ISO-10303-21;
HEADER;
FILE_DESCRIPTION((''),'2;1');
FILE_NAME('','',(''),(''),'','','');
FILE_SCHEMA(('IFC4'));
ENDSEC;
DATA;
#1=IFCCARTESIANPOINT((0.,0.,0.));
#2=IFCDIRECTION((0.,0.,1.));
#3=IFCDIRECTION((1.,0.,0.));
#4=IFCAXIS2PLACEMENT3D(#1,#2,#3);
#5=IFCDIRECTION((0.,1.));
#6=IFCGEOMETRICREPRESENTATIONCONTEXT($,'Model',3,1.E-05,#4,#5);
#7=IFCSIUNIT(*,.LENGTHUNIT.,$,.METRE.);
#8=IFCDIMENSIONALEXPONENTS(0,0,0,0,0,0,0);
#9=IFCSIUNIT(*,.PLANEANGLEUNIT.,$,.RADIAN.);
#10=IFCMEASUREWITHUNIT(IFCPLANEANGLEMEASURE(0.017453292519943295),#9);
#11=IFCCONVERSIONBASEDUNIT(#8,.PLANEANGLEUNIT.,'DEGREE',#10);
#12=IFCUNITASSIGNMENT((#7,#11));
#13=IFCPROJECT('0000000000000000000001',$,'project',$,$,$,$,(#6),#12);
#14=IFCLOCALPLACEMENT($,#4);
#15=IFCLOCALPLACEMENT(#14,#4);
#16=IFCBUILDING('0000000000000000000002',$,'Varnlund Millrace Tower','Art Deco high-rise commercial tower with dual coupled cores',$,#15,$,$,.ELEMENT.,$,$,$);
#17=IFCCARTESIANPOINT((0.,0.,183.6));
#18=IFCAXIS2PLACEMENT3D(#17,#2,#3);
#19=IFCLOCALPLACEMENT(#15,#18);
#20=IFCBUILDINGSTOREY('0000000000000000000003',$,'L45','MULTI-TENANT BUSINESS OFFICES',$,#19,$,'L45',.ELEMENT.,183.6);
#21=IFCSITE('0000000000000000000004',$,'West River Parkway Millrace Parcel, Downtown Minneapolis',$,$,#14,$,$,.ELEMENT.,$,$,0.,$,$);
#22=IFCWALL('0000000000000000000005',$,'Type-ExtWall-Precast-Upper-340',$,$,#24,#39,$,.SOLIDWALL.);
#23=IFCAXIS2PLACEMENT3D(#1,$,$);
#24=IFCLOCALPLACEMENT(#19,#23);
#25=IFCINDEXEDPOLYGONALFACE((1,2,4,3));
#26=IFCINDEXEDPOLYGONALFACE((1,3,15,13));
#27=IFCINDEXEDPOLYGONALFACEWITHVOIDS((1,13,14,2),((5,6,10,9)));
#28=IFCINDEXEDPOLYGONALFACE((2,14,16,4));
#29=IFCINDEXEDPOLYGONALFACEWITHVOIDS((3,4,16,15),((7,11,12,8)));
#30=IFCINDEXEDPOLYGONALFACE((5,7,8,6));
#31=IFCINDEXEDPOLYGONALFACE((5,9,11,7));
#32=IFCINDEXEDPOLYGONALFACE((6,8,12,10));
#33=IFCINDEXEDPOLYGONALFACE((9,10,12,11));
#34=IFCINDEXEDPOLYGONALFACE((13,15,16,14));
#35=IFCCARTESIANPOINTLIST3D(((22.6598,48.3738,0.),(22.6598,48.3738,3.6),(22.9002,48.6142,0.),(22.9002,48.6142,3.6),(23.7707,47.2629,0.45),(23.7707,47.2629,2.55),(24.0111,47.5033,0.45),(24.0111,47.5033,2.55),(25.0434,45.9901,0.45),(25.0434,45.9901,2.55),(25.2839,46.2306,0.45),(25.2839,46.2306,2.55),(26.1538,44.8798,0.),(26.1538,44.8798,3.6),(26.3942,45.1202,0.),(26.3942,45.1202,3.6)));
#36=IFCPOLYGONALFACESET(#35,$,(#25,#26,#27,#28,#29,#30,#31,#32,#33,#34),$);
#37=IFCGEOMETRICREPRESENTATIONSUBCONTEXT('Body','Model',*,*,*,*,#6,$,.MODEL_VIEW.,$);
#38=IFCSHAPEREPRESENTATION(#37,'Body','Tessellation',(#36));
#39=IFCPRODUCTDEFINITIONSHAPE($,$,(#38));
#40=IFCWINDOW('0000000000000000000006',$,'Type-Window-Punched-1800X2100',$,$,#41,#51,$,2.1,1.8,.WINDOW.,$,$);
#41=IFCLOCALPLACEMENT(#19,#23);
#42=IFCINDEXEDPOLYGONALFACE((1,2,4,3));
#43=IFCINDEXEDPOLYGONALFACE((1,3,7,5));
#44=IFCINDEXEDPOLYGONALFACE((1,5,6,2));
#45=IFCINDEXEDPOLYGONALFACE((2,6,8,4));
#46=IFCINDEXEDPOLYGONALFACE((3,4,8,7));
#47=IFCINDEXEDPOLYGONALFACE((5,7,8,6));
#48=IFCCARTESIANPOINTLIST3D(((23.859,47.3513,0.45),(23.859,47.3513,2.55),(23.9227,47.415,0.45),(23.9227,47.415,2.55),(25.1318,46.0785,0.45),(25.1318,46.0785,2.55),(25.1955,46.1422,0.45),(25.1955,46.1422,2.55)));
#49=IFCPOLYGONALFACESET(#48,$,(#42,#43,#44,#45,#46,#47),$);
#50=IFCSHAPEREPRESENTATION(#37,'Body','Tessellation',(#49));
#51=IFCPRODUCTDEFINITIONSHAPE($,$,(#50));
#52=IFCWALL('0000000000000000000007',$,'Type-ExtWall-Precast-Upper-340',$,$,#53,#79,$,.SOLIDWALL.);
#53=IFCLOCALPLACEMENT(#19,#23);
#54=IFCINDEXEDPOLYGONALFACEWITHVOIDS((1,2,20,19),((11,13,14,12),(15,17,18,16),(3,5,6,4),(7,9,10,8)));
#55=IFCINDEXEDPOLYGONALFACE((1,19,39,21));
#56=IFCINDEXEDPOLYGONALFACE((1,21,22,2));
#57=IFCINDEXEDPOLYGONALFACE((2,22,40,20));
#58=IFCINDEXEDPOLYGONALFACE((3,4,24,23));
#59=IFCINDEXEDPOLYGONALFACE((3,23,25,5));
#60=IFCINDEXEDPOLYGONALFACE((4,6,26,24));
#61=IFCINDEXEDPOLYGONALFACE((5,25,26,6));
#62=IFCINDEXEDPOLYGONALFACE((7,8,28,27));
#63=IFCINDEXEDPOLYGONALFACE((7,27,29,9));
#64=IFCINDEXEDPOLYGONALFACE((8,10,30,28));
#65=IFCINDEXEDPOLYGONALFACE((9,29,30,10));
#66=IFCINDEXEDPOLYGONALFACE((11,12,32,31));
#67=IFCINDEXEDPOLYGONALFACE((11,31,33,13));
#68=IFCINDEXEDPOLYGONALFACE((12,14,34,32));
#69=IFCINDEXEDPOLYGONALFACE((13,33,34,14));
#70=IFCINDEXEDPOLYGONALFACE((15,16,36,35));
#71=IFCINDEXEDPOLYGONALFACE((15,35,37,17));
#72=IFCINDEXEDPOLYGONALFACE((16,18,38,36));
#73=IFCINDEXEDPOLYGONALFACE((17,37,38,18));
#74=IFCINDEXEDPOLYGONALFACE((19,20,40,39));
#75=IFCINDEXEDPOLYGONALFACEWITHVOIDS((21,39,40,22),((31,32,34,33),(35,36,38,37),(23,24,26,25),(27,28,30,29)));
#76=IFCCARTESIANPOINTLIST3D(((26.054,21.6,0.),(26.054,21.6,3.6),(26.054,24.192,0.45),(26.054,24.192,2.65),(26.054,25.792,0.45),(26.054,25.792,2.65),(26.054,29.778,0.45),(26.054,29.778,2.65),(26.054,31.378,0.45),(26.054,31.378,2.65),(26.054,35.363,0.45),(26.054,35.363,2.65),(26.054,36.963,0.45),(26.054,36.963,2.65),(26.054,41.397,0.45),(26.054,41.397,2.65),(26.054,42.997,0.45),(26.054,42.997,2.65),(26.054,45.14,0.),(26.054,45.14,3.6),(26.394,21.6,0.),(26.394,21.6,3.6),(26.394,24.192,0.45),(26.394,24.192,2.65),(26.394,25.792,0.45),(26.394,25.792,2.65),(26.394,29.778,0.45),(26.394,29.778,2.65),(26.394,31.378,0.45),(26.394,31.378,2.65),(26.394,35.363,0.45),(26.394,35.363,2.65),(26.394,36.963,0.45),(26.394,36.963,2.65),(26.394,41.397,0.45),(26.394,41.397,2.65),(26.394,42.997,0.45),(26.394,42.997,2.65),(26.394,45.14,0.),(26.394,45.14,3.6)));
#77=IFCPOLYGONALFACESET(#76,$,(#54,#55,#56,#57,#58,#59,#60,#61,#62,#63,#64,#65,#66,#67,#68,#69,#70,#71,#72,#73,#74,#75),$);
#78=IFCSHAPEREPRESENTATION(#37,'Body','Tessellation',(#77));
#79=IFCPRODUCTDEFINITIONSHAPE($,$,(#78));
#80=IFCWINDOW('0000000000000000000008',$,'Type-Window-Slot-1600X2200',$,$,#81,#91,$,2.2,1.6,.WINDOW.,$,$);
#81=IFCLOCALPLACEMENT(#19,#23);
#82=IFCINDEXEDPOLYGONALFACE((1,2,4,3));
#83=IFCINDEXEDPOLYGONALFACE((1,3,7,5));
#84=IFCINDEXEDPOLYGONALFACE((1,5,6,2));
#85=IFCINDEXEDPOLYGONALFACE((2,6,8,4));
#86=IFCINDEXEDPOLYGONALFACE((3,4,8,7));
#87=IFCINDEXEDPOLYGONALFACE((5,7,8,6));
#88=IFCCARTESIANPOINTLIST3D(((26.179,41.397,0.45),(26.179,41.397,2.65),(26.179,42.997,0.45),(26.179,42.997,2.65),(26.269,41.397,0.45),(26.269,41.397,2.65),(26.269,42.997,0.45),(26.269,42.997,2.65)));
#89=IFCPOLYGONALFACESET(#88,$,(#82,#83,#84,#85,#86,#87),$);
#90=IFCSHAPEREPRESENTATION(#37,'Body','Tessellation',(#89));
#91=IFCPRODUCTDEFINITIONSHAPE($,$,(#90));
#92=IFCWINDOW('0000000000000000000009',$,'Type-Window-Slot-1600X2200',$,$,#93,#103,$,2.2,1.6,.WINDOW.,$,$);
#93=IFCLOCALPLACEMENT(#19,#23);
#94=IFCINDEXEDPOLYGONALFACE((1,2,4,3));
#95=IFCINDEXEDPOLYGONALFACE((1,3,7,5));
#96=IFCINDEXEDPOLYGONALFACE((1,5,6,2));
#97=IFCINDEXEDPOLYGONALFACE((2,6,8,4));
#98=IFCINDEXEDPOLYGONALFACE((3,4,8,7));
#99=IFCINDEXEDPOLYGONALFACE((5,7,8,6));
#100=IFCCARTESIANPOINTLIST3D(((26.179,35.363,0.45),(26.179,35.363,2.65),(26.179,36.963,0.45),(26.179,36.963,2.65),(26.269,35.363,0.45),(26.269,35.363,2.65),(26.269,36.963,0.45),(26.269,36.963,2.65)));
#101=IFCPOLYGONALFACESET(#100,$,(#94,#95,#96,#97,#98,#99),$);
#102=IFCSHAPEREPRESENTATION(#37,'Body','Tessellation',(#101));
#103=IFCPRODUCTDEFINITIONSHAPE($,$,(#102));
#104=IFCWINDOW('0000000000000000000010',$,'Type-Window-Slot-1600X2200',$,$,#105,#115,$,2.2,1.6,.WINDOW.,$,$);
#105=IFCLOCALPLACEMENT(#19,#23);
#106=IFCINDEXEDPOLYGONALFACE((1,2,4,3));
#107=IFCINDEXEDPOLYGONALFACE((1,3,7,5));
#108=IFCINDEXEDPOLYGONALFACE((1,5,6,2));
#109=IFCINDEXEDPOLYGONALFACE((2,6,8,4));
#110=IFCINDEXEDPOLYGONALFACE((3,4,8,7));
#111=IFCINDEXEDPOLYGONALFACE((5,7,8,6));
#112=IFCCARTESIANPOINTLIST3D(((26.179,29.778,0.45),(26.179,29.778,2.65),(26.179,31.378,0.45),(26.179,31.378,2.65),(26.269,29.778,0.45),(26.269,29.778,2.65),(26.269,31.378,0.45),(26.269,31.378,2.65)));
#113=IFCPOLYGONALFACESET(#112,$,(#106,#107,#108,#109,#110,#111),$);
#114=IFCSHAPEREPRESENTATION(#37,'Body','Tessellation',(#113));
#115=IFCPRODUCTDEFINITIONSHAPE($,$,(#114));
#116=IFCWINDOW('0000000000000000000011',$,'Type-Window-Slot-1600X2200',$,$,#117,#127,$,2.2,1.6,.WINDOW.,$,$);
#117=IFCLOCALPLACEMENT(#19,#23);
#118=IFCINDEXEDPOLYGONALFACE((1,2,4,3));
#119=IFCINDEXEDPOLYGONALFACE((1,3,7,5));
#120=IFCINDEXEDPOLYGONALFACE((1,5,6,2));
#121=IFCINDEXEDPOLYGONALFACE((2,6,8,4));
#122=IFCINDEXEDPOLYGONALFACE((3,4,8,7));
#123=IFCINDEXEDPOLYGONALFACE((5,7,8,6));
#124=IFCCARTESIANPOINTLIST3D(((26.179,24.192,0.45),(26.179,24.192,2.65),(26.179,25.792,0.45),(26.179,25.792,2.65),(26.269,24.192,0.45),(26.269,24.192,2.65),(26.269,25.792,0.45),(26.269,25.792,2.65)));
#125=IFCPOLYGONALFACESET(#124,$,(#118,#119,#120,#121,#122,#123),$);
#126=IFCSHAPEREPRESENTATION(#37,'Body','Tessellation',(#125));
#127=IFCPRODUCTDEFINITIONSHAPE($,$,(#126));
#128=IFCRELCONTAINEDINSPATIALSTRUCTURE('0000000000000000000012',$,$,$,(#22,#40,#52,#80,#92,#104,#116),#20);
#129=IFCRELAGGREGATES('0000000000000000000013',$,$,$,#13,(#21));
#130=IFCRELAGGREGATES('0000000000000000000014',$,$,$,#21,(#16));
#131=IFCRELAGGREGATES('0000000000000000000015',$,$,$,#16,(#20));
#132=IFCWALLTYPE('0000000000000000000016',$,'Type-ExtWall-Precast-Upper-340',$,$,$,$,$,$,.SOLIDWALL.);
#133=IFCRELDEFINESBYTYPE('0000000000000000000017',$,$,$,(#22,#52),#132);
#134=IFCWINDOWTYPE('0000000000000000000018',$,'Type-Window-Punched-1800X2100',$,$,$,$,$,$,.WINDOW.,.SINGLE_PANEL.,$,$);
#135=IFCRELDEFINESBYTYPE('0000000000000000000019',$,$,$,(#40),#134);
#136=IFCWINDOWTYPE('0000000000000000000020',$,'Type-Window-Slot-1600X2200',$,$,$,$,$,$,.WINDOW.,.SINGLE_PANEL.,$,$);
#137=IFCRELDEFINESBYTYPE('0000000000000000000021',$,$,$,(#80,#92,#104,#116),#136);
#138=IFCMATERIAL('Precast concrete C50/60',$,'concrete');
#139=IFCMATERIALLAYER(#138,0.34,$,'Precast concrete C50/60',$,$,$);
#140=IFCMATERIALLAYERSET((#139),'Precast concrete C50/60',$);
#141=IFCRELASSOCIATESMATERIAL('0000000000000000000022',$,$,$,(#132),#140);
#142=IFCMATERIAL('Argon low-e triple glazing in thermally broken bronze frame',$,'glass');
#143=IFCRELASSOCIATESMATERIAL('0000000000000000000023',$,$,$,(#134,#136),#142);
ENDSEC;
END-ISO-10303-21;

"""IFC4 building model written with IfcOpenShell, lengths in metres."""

from ifc_helpers import new_model, entity, si_unit, converted_unit, direction, frame, origin_with_axes, origin_2d_with_axis, place, context, subcontext, project, spatial, polyline, rectangle, outline, extrude, material, layer, layer_set, type_object, element, fill, save


model = new_model("IFC4")

# Units and contexts
model_context = context("Model", 3, precision=1e-05, world=origin_with_axes(), true_north=direction((0.0, 1.0)))
body_context = subcontext(model_context, "Body", "Model", "MODEL_VIEW")
ifc_project = project(units=[si_unit("LENGTHUNIT", "METRE"), converted_unit("PLANEANGLEUNIT", "DEGREE", entity("IfcPlaneAngleMeasure", 0.017453292519943295), si_unit("PLANEANGLEUNIT", "RADIAN"), dimensions=[0, 0, 0, 0, 0, 0, 0])], contexts=[model_context])

# Site, building, storey
site_placement = place(None, origin_with_axes())
site = spatial("IfcSite", under=ifc_project, at=site_placement, Name="West River Parkway Millrace Parcel, Downtown Minneapolis", CompositionType="ELEMENT", RefElevation=0.0)
building_placement = place(site_placement, origin_with_axes())
building = spatial("IfcBuilding", under=site, at=building_placement, Name="Varnlund Millrace Tower", Description="Art Deco high-rise commercial tower with dual coupled cores", CompositionType="ELEMENT")
storey_placement = place(building_placement, frame((0.0, 0.0, 183.6), z_axis=(0.0, 0.0, 1.0), x_axis=(1.0, 0.0, 0.0)))
storey = spatial("IfcBuildingStorey", under=building, at=storey_placement, Name="L45", Description="MULTI-TENANT BUSINESS OFFICES", LongName="L45", CompositionType="ELEMENT", Elevation=183.6)

# Shared definitions
ifc_material_1 = material(Name="Precast concrete C50/60", Category="concrete")
ifc_layer_1 = layer(ifc_material_1, 0.34, Name="Precast concrete C50/60")
ifc_layer_set_1 = layer_set([ifc_layer_1], Name="Precast concrete C50/60")
wall_type_1 = type_object("IfcWallType", Name="Type-ExtWall-Precast-Upper-340", PredefinedType="SOLIDWALL", material=ifc_layer_set_1)

# Shared definitions
ifc_material_2 = material(Name="Argon low-e triple glazing in thermally broken bronze frame", Category="glass")
window_type_1 = type_object("IfcWindowType", Name="Type-Window-Punched-1800X2100", PartitioningType="SINGLE_PANEL", PredefinedType="WINDOW", material=ifc_material_2)

# Wall, opening, window
wall_1_placement = place(storey_placement, frame((22.78, 48.494, 0.0), z_axis=(0.0, 0.0, 1.0), x_axis=(0.707107, -0.707107, 0.0)))
wall_1 = element("IfcWall", 1, at=wall_1_placement, inside=storey, type_object=wall_type_1, Name="Type-ExtWall-Precast-Upper-340", PredefinedType="SOLIDWALL", context=body_context, shape_type="SweptSolid", body=[
    extrude(outline(polyline([(0.0, -0.17), (4.9413, -0.17), (4.9413, 0.17), (0.0, 0.17), (0.0, -0.17)])), origin_with_axes(), (0.0, 0.0, 1.0), 3.6),
])
opening_1_placement = place(wall_1_placement, frame((2.471, 0.0, 0.45), z_axis=(0.0, 0.0, 1.0), x_axis=(1.0, 0.0, 0.0)))
opening_1 = element("IfcOpeningElement", 2, at=opening_1_placement, cuts=wall_1, PredefinedType="OPENING", context=body_context, shape_type="SweptSolid", body=[
    extrude(rectangle(XDim=1.8, YDim=0.36, at=origin_2d_with_axis()), origin_with_axes(), (0.0, 0.0, 1.0), 2.1),
])
window_1_placement = place(wall_1_placement, frame((2.471, 0.0, 0.45), z_axis=(0.0, 0.0, 1.0), x_axis=(1.0, 0.0, 0.0)))
window_1 = element("IfcWindow", 3, at=window_1_placement, inside=storey, type_object=window_type_1, Name="Type-Window-Punched-1800X2100", OverallHeight=2.1, OverallWidth=1.8, PredefinedType="WINDOW", context=body_context, shape_type="SweptSolid", body=[
    extrude(rectangle(XDim=1.8, YDim=0.09, at=origin_2d_with_axis()), origin_with_axes(), (0.0, 0.0, 1.0), 2.1),
])
fill(opening_1, window_1)

# Wall, openings, windows
wall_2_placement = place(storey_placement, frame((26.224, 45.14, 0.0), z_axis=(0.0, 0.0, 1.0), x_axis=(0.0, -1.0, 0.0)))
wall_2 = element("IfcWall", 4, at=wall_2_placement, inside=storey, type_object=wall_type_1, Name="Type-ExtWall-Precast-Upper-340", PredefinedType="SOLIDWALL", context=body_context, shape_type="SweptSolid", body=[
    extrude(outline(polyline([(0.0, -0.17), (23.54, -0.17), (23.54, 0.17), (0.0, 0.17), (0.0, -0.17)])), origin_with_axes(), (0.0, 0.0, 1.0), 3.6),
])
opening_2_placement = place(wall_2_placement, frame((2.943, 0.0, 0.45), z_axis=(0.0, 0.0, 1.0), x_axis=(1.0, 0.0, 0.0)))
opening_2 = element("IfcOpeningElement", 5, at=opening_2_placement, cuts=wall_2, PredefinedType="OPENING", context=body_context, shape_type="SweptSolid", body=[
    extrude(rectangle(XDim=1.6, YDim=0.36, at=origin_2d_with_axis()), origin_with_axes(), (0.0, 0.0, 1.0), 2.2),
])
opening_3_placement = place(wall_2_placement, frame((8.977, 0.0, 0.45), z_axis=(0.0, 0.0, 1.0), x_axis=(1.0, 0.0, 0.0)))
opening_3 = element("IfcOpeningElement", 6, at=opening_3_placement, cuts=wall_2, PredefinedType="OPENING", context=body_context, shape_type="SweptSolid", body=[
    extrude(rectangle(XDim=1.6, YDim=0.36, at=origin_2d_with_axis()), origin_with_axes(), (0.0, 0.0, 1.0), 2.2),
])
opening_4_placement = place(wall_2_placement, frame((14.562, 0.0, 0.45), z_axis=(0.0, 0.0, 1.0), x_axis=(1.0, 0.0, 0.0)))
opening_4 = element("IfcOpeningElement", 7, at=opening_4_placement, cuts=wall_2, PredefinedType="OPENING", context=body_context, shape_type="SweptSolid", body=[
    extrude(rectangle(XDim=1.6, YDim=0.36, at=origin_2d_with_axis()), origin_with_axes(), (0.0, 0.0, 1.0), 2.2),
])
opening_5_placement = place(wall_2_placement, frame((20.148, 0.0, 0.45), z_axis=(0.0, 0.0, 1.0), x_axis=(1.0, 0.0, 0.0)))
opening_5 = element("IfcOpeningElement", 8, at=opening_5_placement, cuts=wall_2, PredefinedType="OPENING", context=body_context, shape_type="SweptSolid", body=[
    extrude(rectangle(XDim=1.6, YDim=0.36, at=origin_2d_with_axis()), origin_with_axes(), (0.0, 0.0, 1.0), 2.2),
])
window_type_2 = type_object("IfcWindowType", Name="Type-Window-Slot-1600X2200", PartitioningType="SINGLE_PANEL", PredefinedType="WINDOW", material=ifc_material_2)
window_2_placement = place(wall_2_placement, frame((2.943, 0.0, 0.45), z_axis=(0.0, 0.0, 1.0), x_axis=(1.0, 0.0, 0.0)))
window_2 = element("IfcWindow", 9, at=window_2_placement, inside=storey, type_object=window_type_2, Name="Type-Window-Slot-1600X2200", OverallHeight=2.2, OverallWidth=1.6, PredefinedType="WINDOW", context=body_context, shape_type="SweptSolid", body=[
    extrude(rectangle(XDim=1.6, YDim=0.09, at=origin_2d_with_axis()), origin_with_axes(), (0.0, 0.0, 1.0), 2.2),
])
fill(opening_2, window_2)
window_3_placement = place(wall_2_placement, frame((8.977, 0.0, 0.45), z_axis=(0.0, 0.0, 1.0), x_axis=(1.0, 0.0, 0.0)))
window_3 = element("IfcWindow", 10, at=window_3_placement, inside=storey, type_object=window_type_2, Name="Type-Window-Slot-1600X2200", OverallHeight=2.2, OverallWidth=1.6, PredefinedType="WINDOW", context=body_context, shape_type="SweptSolid", body=[
    extrude(rectangle(XDim=1.6, YDim=0.09, at=origin_2d_with_axis()), origin_with_axes(), (0.0, 0.0, 1.0), 2.2),
])
fill(opening_3, window_3)
window_4_placement = place(wall_2_placement, frame((14.562, 0.0, 0.45), z_axis=(0.0, 0.0, 1.0), x_axis=(1.0, 0.0, 0.0)))
window_4 = element("IfcWindow", 11, at=window_4_placement, inside=storey, type_object=window_type_2, Name="Type-Window-Slot-1600X2200", OverallHeight=2.2, OverallWidth=1.6, PredefinedType="WINDOW", context=body_context, shape_type="SweptSolid", body=[
    extrude(rectangle(XDim=1.6, YDim=0.09, at=origin_2d_with_axis()), origin_with_axes(), (0.0, 0.0, 1.0), 2.2),
])
fill(opening_4, window_4)
window_5_placement = place(wall_2_placement, frame((20.148, 0.0, 0.45), z_axis=(0.0, 0.0, 1.0), x_axis=(1.0, 0.0, 0.0)))
window_5 = element("IfcWindow", 12, at=window_5_placement, inside=storey, type_object=window_type_2, Name="Type-Window-Slot-1600X2200", OverallHeight=2.2, OverallWidth=1.6, PredefinedType="WINDOW", context=body_context, shape_type="SweptSolid", body=[
    extrude(rectangle(XDim=1.6, YDim=0.09, at=origin_2d_with_axis()), origin_with_axes(), (0.0, 0.0, 1.0), 2.2),
])
fill(opening_5, window_5)

save(model, "model.ifc")
